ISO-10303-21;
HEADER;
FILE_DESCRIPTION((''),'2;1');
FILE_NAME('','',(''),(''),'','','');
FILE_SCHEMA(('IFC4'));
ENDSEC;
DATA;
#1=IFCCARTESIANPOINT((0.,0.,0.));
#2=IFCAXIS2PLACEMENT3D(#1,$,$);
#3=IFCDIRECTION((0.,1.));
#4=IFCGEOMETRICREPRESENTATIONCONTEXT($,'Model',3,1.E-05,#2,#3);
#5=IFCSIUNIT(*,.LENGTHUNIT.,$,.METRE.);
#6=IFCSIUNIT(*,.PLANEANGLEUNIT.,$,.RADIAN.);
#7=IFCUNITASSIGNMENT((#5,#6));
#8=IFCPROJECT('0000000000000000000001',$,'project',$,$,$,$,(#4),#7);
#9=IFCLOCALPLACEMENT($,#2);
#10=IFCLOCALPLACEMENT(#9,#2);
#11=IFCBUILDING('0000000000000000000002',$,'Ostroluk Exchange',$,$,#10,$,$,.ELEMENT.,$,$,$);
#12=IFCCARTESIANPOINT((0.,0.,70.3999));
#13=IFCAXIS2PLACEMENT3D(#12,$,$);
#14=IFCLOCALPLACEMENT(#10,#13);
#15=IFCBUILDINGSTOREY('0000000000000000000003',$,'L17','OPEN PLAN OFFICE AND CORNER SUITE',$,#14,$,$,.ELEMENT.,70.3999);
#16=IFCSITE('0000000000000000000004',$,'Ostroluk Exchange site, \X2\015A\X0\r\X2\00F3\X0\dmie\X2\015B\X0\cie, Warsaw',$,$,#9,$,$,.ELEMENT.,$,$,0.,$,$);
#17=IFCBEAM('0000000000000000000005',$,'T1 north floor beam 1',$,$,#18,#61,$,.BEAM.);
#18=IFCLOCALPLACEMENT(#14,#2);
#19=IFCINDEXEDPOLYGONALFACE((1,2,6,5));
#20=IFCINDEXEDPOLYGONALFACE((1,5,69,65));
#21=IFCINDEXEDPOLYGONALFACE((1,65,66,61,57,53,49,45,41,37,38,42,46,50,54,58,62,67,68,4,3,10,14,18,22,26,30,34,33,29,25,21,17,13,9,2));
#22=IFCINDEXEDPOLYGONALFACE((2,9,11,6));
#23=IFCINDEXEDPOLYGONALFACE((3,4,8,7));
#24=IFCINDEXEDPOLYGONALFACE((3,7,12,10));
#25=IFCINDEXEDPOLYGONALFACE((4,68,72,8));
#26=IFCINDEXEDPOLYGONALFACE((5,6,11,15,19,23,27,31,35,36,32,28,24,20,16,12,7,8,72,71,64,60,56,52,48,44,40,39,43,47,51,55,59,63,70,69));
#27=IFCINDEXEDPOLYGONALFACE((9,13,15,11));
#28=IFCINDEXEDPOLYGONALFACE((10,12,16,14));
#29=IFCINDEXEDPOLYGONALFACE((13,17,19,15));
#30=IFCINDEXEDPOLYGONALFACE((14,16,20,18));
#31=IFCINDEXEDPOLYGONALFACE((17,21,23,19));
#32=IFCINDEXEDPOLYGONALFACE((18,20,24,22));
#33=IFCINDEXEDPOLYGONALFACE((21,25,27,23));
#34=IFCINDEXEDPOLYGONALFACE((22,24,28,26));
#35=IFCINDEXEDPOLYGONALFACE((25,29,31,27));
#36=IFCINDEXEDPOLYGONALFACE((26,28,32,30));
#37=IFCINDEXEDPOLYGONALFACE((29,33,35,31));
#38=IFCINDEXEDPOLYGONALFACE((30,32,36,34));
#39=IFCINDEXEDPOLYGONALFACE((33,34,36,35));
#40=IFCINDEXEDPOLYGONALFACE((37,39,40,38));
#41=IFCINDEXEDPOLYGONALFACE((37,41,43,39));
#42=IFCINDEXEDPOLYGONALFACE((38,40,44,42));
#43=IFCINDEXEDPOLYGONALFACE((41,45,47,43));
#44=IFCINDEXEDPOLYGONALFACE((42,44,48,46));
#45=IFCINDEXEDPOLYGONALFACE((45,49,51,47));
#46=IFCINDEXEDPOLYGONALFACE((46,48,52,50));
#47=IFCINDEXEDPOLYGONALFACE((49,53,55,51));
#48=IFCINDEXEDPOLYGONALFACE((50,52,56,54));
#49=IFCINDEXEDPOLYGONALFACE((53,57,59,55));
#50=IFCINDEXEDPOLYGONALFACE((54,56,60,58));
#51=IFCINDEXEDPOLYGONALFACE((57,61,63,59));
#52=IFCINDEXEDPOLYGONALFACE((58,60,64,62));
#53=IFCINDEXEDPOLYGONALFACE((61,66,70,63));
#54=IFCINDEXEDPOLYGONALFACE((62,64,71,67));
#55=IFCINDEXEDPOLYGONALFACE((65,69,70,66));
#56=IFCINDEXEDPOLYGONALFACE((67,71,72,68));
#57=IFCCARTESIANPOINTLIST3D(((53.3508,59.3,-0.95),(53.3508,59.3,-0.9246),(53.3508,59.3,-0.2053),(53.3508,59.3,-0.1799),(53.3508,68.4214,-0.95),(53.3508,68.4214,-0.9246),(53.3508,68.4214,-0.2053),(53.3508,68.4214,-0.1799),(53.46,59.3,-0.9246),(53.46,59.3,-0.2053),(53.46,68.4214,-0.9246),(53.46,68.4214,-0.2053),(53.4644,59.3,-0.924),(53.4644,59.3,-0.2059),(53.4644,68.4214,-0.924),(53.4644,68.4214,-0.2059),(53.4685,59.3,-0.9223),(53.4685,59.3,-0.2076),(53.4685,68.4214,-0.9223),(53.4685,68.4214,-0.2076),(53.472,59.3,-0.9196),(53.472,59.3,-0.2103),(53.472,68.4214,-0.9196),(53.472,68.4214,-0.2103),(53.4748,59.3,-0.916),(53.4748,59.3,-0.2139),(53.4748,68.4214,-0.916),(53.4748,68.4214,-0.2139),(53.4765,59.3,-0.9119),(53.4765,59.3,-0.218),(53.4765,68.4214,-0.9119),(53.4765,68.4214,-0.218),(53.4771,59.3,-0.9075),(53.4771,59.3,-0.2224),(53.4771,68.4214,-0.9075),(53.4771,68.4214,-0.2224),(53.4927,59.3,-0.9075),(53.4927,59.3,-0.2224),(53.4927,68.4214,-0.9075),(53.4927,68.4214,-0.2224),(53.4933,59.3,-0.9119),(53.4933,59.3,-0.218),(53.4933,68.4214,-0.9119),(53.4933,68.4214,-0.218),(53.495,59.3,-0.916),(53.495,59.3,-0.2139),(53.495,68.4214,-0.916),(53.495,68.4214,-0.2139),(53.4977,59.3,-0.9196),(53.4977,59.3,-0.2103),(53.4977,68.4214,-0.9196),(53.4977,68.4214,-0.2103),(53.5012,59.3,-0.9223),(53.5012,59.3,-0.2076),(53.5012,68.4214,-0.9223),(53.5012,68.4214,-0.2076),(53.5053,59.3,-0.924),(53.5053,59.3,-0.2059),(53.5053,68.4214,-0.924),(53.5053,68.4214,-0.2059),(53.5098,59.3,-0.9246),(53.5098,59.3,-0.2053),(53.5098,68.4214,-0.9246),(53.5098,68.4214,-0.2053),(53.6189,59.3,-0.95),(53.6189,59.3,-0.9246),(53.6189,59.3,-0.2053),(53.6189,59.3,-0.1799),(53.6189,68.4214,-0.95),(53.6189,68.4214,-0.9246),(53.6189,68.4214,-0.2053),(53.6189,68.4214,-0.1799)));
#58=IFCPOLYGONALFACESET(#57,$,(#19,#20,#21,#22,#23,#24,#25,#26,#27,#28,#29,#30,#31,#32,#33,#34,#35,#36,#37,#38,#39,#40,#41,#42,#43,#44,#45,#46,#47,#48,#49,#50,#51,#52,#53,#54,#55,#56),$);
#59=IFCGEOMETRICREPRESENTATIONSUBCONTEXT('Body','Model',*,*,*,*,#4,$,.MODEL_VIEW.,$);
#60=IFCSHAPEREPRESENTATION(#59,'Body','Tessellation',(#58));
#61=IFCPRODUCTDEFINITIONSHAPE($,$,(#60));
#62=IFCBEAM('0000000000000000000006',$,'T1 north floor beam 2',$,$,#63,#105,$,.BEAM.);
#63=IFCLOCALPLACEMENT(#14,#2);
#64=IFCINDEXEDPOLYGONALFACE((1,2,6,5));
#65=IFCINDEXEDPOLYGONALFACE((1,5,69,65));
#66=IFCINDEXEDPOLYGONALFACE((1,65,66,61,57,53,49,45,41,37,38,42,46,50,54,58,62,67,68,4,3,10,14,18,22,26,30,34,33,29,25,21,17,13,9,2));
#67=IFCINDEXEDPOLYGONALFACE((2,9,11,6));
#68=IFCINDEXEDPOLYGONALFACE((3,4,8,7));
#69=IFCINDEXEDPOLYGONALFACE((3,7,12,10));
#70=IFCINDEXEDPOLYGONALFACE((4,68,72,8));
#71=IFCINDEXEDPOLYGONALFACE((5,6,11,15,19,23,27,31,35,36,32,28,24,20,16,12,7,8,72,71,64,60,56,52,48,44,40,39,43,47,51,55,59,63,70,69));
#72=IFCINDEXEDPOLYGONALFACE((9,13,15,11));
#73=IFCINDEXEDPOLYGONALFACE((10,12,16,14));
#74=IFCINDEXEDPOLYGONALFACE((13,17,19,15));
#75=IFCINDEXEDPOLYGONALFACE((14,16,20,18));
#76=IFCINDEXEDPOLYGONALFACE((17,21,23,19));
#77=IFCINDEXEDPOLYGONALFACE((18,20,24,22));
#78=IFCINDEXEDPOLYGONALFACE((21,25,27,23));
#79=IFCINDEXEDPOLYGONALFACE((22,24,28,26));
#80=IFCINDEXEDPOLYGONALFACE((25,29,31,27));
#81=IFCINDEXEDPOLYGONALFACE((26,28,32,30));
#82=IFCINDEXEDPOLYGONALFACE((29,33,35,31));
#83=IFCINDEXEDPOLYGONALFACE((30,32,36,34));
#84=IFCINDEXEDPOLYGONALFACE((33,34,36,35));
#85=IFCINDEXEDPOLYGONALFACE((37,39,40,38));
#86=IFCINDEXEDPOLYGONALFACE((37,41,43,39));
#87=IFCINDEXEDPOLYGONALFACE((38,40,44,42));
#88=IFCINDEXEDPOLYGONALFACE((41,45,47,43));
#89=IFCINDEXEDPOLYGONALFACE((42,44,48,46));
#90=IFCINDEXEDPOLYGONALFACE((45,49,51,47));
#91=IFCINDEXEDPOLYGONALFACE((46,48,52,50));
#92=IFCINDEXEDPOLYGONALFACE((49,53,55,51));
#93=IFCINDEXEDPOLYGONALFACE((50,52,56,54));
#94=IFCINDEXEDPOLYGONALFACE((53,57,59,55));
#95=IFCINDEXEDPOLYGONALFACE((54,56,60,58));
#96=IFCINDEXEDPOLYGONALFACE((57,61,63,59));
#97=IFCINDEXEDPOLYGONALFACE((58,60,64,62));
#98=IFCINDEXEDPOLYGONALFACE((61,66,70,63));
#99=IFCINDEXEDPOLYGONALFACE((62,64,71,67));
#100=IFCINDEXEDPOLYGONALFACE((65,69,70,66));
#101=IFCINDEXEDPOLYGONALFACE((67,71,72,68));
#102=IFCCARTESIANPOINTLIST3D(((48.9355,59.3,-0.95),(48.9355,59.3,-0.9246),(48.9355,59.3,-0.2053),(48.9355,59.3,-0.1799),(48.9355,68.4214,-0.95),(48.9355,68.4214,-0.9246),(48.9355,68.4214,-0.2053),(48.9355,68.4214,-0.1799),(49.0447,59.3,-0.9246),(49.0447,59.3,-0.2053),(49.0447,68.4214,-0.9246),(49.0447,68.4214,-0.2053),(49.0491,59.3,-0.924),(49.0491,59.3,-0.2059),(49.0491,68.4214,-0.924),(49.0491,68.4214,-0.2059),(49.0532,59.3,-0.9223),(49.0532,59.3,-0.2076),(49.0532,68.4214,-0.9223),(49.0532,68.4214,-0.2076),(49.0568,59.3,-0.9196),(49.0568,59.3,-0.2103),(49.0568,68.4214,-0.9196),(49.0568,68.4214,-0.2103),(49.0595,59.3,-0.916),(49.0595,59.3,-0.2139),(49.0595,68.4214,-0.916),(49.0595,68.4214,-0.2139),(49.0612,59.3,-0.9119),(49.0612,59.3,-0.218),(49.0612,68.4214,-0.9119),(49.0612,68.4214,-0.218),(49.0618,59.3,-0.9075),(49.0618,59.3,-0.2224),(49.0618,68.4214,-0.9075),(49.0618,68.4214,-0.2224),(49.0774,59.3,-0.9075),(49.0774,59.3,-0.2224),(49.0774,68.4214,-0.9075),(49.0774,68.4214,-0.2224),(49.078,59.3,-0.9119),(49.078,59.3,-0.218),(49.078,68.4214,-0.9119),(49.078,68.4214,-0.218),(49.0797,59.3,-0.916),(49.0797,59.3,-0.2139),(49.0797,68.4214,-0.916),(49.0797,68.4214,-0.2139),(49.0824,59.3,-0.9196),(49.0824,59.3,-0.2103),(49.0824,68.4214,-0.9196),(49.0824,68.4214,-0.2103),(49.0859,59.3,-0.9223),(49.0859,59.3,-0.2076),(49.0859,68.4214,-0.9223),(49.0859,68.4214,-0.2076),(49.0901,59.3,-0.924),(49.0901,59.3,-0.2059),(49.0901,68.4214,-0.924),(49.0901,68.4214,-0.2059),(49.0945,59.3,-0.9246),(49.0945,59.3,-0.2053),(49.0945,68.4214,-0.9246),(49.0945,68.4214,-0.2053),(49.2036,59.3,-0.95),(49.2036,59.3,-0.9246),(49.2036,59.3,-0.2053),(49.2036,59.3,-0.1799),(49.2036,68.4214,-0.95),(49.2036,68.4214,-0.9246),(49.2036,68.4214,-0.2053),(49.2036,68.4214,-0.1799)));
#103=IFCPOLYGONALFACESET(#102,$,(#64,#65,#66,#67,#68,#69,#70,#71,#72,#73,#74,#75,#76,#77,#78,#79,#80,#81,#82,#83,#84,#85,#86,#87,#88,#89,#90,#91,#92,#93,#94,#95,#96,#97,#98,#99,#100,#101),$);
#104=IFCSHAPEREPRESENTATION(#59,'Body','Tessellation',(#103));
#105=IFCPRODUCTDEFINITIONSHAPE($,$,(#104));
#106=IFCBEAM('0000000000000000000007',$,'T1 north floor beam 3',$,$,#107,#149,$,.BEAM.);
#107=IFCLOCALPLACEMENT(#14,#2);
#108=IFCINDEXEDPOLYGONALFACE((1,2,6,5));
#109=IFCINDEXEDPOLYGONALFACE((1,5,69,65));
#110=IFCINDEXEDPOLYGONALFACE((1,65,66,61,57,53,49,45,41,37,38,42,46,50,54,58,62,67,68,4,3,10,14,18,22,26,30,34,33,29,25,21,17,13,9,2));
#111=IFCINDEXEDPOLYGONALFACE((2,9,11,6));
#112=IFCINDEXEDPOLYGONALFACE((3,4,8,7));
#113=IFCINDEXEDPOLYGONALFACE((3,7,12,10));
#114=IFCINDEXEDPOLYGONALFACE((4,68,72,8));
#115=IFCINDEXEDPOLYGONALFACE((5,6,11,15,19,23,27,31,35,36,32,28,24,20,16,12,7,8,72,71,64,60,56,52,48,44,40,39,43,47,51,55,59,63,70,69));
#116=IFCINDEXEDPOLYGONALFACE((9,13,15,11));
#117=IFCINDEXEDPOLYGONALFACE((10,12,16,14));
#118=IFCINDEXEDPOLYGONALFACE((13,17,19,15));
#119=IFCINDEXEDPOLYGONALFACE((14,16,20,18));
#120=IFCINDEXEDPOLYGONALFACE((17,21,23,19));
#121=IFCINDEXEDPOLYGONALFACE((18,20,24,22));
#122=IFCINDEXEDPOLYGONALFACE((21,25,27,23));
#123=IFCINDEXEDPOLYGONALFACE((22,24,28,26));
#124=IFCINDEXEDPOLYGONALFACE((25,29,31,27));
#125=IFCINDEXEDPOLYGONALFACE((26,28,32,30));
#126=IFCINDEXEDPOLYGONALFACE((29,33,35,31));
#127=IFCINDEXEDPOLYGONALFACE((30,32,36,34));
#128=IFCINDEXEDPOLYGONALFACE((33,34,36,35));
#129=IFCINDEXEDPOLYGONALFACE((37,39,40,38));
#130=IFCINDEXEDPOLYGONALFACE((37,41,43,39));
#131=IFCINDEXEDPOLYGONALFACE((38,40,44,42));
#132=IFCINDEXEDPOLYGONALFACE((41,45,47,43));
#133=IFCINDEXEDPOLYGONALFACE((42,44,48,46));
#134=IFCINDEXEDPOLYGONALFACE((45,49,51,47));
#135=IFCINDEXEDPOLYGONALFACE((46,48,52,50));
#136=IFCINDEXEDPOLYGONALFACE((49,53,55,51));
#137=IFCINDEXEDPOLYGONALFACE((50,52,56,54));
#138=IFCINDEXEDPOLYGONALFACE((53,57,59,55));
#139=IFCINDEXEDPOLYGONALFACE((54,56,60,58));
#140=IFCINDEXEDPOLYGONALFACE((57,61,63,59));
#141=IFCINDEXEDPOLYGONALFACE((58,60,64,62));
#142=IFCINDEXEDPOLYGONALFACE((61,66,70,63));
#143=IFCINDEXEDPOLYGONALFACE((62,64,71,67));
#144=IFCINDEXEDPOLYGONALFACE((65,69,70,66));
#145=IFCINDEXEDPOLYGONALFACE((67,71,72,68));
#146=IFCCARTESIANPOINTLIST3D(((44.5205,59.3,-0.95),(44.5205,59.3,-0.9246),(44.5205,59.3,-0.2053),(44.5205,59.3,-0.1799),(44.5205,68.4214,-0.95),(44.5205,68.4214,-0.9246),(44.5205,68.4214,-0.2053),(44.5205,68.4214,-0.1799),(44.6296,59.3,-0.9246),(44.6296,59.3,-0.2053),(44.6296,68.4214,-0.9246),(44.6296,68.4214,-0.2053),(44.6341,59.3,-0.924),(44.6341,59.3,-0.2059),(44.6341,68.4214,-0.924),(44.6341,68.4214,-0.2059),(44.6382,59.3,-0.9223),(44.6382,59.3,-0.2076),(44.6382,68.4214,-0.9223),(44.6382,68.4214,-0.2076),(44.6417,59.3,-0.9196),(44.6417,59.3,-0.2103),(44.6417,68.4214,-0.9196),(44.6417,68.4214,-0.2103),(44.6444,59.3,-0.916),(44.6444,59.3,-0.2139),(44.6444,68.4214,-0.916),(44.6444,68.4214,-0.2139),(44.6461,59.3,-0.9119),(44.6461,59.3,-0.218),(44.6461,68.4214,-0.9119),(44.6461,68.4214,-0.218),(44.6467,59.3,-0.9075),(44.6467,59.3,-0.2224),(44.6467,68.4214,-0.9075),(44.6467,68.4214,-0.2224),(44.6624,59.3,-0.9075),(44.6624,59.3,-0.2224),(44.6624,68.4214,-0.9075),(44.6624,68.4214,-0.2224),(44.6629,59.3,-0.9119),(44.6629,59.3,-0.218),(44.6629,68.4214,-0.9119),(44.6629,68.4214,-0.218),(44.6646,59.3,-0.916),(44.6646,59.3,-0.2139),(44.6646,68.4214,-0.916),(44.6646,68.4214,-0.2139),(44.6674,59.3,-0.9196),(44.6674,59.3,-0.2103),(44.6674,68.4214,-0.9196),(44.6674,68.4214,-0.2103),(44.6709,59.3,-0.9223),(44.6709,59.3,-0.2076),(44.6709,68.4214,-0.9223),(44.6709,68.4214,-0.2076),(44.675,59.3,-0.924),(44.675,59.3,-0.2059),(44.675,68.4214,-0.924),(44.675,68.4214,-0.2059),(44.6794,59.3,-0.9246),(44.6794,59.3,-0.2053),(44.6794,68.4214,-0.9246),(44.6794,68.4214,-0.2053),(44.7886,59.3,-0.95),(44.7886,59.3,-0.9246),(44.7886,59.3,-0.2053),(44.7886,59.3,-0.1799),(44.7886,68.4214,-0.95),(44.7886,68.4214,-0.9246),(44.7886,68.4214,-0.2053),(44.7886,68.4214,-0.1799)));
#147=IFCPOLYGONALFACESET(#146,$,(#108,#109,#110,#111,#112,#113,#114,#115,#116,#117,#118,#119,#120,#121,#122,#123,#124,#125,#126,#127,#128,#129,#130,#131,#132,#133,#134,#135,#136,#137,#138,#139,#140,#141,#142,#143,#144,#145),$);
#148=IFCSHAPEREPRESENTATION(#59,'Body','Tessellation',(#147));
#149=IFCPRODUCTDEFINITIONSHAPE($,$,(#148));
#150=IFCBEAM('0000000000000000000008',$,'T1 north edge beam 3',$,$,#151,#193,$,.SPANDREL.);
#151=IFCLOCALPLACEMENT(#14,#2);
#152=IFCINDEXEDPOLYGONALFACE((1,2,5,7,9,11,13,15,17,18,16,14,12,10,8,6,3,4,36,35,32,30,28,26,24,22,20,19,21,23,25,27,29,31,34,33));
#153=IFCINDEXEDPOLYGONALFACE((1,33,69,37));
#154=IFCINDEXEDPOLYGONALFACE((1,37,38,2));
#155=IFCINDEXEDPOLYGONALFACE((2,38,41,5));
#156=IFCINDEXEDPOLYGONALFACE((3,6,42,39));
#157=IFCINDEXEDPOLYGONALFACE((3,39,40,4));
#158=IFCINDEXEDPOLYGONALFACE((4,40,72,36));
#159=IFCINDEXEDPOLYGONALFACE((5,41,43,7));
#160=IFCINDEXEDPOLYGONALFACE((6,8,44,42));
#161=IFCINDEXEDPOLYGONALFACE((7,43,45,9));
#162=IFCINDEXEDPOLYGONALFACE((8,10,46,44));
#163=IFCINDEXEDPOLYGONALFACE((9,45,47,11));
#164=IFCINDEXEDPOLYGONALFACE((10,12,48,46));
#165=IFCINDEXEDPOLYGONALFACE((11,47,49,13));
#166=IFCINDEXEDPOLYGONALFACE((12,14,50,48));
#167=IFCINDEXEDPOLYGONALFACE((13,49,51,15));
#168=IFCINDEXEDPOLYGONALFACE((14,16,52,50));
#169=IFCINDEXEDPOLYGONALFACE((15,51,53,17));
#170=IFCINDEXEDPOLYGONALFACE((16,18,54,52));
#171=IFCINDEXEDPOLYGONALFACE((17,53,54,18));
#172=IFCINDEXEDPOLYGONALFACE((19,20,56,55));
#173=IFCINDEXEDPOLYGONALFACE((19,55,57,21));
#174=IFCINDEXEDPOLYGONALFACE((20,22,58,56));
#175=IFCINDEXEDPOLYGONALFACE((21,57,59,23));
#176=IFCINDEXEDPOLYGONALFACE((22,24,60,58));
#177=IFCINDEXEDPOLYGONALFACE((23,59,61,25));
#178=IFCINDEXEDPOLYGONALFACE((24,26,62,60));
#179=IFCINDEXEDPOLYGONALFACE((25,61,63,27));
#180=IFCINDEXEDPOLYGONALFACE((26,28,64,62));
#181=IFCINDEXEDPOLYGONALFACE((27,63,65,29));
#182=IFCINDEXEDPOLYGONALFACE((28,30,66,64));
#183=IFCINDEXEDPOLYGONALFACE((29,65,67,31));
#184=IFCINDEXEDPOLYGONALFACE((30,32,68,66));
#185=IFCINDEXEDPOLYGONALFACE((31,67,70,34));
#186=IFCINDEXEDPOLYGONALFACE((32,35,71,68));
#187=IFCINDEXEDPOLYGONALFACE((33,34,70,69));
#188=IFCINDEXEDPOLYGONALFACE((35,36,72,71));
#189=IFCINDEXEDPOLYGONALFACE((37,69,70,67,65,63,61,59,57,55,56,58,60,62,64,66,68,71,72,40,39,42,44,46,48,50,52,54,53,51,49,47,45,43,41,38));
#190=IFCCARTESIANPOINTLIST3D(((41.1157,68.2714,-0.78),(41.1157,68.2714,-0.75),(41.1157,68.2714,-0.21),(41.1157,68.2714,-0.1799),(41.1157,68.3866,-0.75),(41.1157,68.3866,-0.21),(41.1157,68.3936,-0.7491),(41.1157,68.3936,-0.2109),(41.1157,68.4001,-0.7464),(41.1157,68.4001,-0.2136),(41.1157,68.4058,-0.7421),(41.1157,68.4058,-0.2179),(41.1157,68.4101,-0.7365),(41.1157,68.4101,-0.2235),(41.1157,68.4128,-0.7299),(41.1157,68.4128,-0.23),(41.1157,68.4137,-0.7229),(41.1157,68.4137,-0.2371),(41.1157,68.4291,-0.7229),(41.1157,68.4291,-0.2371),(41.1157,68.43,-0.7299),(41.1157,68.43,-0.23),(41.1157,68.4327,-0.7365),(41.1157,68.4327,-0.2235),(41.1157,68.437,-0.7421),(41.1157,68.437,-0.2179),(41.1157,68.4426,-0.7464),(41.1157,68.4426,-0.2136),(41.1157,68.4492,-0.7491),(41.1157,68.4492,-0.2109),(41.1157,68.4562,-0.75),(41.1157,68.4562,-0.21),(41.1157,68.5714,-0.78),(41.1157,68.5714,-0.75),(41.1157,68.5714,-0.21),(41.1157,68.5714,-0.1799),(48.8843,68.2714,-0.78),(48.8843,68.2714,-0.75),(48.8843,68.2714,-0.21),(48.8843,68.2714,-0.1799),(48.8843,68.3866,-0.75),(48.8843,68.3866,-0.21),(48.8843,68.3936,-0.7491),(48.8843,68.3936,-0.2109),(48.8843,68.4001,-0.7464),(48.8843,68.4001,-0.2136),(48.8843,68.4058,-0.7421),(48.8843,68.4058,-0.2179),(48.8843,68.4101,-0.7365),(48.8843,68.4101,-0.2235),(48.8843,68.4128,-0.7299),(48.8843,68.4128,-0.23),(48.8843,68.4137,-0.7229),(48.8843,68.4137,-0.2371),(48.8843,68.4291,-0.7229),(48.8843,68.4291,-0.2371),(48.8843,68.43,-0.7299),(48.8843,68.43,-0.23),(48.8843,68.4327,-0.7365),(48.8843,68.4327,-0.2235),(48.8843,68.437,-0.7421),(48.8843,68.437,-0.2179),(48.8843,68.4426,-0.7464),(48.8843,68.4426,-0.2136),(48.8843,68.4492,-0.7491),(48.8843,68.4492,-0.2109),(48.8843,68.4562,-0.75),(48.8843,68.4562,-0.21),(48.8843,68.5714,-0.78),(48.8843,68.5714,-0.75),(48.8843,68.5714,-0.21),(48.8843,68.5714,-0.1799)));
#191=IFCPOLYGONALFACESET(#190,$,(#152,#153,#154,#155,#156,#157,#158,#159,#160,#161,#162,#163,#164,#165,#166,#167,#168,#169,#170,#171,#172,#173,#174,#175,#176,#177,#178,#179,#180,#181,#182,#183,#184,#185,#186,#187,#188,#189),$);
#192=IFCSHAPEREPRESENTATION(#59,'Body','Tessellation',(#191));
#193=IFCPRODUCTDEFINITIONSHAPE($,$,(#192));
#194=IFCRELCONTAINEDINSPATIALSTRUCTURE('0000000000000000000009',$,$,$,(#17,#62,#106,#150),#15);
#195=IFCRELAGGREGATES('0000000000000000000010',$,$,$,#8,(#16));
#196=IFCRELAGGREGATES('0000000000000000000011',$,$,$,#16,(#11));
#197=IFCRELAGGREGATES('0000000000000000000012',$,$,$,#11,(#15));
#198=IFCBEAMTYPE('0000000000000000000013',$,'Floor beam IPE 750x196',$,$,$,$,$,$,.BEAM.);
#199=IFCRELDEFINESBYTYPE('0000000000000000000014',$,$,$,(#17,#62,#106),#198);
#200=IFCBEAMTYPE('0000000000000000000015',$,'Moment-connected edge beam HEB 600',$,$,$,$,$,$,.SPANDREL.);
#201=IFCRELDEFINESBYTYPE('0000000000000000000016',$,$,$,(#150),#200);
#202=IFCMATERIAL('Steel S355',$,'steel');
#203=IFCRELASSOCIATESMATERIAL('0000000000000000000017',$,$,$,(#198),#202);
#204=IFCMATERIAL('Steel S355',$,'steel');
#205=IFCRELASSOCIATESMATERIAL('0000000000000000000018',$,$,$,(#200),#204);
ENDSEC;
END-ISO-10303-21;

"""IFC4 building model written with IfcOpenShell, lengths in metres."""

from ifc_helpers import new_model, si_unit, direction, frame, origin, origin_2d, place, context, subcontext, project, spatial, i_section, extrude, material, material_profile, profile_set, type_object, element, save


model = new_model("IFC4")

# Units and contexts
model_context = context("Model", 3, precision=1e-05, world=origin(), true_north=direction((0.0, 1.0)))
body_context = subcontext(model_context, "Body", "Model", "MODEL_VIEW")
ifc_project = project(units=[si_unit("LENGTHUNIT", "METRE"), si_unit("PLANEANGLEUNIT", "RADIAN")], contexts=[model_context])

# Site, building, storey
site_placement = place(None, origin())
site = spatial("IfcSite", under=ifc_project, at=site_placement, Name="Ostroluk Exchange site, Śródmieście, Warsaw", CompositionType="ELEMENT", RefElevation=0.0)
building_placement = place(site_placement, origin())
building = spatial("IfcBuilding", under=site, at=building_placement, Name="Ostroluk Exchange", CompositionType="ELEMENT")
storey_placement = place(building_placement, frame((0.0, 0.0, 70.3999)))
storey = spatial("IfcBuildingStorey", under=building, at=storey_placement, Name="L17", Description="OPEN PLAN OFFICE AND CORNER SUITE", CompositionType="ELEMENT", Elevation=70.3999)

# Beams
ifc_material_1 = material(Name="Steel S355", Category="steel")
ifc_material_profile_1 = material_profile(ifc_material_1, i_section(OverallWidth=0.2681, OverallDepth=0.77, WebThickness=0.0156, FlangeThickness=0.0254, FilletRadius=0.0171, at=origin_2d()), Name="IPE 750x196")
ifc_profile_set_1 = profile_set([ifc_material_profile_1], Name="Steel S355")
beam_type_1 = type_object("IfcBeamType", Name="Floor beam IPE 750x196", PredefinedType="BEAM", material=ifc_profile_set_1)
for number, where, z_axis, x_axis, name in (
    (1, (53.4849, 59.3, -0.5649), (0.0, 1.0, 0.0), (-1.0, 0.0, 0.0), "T1 north floor beam 1"),
    (2, (49.0696, 59.3, -0.5649), (0.0, 1.0, 0.0), (-1.0, 0.0, 0.0), "T1 north floor beam 2"),
    (3, (44.6545, 59.3, -0.5649), (0.0, 1.0, 0.0), (-1.0, 0.0, 0.0), "T1 north floor beam 3"),
):
    element("IfcBeam", number, at=place(storey_placement, frame(where, z_axis=z_axis, x_axis=x_axis)), inside=storey, type_object=beam_type_1, Name=name, PredefinedType="BEAM", context=body_context, shape_type="SweptSolid", body=[
        extrude(i_section(OverallWidth=0.2681, OverallDepth=0.77, WebThickness=0.0156, FlangeThickness=0.0254, FilletRadius=0.0171, at=origin_2d()), origin(), (0.0, 0.0, 1.0), 9.1213),
    ])
ifc_material_2 = material(Name="Steel S355", Category="steel")
ifc_material_profile_2 = material_profile(ifc_material_2, i_section(OverallWidth=0.3, OverallDepth=0.6001, WebThickness=0.0154, FlangeThickness=0.03, FilletRadius=0.0271, at=origin_2d()), Name="HEB 600")
ifc_profile_set_2 = profile_set([ifc_material_profile_2], Name="Steel S355")
beam_type_2 = type_object("IfcBeamType", Name="Moment-connected edge beam HEB 600", PredefinedType="SPANDREL", material=ifc_profile_set_2)
for number, where, z_axis, x_axis, name in (
    (4, (48.8843, 68.4214, -0.48), (-1.0, 0.0, 0.0), (0.0, -1.0, 0.0), "T1 north edge beam 3"),
):
    element("IfcBeam", number, at=place(storey_placement, frame(where, z_axis=z_axis, x_axis=x_axis)), inside=storey, type_object=beam_type_2, Name=name, PredefinedType="SPANDREL", context=body_context, shape_type="SweptSolid", body=[
        extrude(i_section(OverallWidth=0.3, OverallDepth=0.6001, WebThickness=0.0154, FlangeThickness=0.03, FilletRadius=0.0271, at=origin_2d()), origin(), (0.0, 0.0, 1.0), 7.7686),
    ])

save(model, "model.ifc")
